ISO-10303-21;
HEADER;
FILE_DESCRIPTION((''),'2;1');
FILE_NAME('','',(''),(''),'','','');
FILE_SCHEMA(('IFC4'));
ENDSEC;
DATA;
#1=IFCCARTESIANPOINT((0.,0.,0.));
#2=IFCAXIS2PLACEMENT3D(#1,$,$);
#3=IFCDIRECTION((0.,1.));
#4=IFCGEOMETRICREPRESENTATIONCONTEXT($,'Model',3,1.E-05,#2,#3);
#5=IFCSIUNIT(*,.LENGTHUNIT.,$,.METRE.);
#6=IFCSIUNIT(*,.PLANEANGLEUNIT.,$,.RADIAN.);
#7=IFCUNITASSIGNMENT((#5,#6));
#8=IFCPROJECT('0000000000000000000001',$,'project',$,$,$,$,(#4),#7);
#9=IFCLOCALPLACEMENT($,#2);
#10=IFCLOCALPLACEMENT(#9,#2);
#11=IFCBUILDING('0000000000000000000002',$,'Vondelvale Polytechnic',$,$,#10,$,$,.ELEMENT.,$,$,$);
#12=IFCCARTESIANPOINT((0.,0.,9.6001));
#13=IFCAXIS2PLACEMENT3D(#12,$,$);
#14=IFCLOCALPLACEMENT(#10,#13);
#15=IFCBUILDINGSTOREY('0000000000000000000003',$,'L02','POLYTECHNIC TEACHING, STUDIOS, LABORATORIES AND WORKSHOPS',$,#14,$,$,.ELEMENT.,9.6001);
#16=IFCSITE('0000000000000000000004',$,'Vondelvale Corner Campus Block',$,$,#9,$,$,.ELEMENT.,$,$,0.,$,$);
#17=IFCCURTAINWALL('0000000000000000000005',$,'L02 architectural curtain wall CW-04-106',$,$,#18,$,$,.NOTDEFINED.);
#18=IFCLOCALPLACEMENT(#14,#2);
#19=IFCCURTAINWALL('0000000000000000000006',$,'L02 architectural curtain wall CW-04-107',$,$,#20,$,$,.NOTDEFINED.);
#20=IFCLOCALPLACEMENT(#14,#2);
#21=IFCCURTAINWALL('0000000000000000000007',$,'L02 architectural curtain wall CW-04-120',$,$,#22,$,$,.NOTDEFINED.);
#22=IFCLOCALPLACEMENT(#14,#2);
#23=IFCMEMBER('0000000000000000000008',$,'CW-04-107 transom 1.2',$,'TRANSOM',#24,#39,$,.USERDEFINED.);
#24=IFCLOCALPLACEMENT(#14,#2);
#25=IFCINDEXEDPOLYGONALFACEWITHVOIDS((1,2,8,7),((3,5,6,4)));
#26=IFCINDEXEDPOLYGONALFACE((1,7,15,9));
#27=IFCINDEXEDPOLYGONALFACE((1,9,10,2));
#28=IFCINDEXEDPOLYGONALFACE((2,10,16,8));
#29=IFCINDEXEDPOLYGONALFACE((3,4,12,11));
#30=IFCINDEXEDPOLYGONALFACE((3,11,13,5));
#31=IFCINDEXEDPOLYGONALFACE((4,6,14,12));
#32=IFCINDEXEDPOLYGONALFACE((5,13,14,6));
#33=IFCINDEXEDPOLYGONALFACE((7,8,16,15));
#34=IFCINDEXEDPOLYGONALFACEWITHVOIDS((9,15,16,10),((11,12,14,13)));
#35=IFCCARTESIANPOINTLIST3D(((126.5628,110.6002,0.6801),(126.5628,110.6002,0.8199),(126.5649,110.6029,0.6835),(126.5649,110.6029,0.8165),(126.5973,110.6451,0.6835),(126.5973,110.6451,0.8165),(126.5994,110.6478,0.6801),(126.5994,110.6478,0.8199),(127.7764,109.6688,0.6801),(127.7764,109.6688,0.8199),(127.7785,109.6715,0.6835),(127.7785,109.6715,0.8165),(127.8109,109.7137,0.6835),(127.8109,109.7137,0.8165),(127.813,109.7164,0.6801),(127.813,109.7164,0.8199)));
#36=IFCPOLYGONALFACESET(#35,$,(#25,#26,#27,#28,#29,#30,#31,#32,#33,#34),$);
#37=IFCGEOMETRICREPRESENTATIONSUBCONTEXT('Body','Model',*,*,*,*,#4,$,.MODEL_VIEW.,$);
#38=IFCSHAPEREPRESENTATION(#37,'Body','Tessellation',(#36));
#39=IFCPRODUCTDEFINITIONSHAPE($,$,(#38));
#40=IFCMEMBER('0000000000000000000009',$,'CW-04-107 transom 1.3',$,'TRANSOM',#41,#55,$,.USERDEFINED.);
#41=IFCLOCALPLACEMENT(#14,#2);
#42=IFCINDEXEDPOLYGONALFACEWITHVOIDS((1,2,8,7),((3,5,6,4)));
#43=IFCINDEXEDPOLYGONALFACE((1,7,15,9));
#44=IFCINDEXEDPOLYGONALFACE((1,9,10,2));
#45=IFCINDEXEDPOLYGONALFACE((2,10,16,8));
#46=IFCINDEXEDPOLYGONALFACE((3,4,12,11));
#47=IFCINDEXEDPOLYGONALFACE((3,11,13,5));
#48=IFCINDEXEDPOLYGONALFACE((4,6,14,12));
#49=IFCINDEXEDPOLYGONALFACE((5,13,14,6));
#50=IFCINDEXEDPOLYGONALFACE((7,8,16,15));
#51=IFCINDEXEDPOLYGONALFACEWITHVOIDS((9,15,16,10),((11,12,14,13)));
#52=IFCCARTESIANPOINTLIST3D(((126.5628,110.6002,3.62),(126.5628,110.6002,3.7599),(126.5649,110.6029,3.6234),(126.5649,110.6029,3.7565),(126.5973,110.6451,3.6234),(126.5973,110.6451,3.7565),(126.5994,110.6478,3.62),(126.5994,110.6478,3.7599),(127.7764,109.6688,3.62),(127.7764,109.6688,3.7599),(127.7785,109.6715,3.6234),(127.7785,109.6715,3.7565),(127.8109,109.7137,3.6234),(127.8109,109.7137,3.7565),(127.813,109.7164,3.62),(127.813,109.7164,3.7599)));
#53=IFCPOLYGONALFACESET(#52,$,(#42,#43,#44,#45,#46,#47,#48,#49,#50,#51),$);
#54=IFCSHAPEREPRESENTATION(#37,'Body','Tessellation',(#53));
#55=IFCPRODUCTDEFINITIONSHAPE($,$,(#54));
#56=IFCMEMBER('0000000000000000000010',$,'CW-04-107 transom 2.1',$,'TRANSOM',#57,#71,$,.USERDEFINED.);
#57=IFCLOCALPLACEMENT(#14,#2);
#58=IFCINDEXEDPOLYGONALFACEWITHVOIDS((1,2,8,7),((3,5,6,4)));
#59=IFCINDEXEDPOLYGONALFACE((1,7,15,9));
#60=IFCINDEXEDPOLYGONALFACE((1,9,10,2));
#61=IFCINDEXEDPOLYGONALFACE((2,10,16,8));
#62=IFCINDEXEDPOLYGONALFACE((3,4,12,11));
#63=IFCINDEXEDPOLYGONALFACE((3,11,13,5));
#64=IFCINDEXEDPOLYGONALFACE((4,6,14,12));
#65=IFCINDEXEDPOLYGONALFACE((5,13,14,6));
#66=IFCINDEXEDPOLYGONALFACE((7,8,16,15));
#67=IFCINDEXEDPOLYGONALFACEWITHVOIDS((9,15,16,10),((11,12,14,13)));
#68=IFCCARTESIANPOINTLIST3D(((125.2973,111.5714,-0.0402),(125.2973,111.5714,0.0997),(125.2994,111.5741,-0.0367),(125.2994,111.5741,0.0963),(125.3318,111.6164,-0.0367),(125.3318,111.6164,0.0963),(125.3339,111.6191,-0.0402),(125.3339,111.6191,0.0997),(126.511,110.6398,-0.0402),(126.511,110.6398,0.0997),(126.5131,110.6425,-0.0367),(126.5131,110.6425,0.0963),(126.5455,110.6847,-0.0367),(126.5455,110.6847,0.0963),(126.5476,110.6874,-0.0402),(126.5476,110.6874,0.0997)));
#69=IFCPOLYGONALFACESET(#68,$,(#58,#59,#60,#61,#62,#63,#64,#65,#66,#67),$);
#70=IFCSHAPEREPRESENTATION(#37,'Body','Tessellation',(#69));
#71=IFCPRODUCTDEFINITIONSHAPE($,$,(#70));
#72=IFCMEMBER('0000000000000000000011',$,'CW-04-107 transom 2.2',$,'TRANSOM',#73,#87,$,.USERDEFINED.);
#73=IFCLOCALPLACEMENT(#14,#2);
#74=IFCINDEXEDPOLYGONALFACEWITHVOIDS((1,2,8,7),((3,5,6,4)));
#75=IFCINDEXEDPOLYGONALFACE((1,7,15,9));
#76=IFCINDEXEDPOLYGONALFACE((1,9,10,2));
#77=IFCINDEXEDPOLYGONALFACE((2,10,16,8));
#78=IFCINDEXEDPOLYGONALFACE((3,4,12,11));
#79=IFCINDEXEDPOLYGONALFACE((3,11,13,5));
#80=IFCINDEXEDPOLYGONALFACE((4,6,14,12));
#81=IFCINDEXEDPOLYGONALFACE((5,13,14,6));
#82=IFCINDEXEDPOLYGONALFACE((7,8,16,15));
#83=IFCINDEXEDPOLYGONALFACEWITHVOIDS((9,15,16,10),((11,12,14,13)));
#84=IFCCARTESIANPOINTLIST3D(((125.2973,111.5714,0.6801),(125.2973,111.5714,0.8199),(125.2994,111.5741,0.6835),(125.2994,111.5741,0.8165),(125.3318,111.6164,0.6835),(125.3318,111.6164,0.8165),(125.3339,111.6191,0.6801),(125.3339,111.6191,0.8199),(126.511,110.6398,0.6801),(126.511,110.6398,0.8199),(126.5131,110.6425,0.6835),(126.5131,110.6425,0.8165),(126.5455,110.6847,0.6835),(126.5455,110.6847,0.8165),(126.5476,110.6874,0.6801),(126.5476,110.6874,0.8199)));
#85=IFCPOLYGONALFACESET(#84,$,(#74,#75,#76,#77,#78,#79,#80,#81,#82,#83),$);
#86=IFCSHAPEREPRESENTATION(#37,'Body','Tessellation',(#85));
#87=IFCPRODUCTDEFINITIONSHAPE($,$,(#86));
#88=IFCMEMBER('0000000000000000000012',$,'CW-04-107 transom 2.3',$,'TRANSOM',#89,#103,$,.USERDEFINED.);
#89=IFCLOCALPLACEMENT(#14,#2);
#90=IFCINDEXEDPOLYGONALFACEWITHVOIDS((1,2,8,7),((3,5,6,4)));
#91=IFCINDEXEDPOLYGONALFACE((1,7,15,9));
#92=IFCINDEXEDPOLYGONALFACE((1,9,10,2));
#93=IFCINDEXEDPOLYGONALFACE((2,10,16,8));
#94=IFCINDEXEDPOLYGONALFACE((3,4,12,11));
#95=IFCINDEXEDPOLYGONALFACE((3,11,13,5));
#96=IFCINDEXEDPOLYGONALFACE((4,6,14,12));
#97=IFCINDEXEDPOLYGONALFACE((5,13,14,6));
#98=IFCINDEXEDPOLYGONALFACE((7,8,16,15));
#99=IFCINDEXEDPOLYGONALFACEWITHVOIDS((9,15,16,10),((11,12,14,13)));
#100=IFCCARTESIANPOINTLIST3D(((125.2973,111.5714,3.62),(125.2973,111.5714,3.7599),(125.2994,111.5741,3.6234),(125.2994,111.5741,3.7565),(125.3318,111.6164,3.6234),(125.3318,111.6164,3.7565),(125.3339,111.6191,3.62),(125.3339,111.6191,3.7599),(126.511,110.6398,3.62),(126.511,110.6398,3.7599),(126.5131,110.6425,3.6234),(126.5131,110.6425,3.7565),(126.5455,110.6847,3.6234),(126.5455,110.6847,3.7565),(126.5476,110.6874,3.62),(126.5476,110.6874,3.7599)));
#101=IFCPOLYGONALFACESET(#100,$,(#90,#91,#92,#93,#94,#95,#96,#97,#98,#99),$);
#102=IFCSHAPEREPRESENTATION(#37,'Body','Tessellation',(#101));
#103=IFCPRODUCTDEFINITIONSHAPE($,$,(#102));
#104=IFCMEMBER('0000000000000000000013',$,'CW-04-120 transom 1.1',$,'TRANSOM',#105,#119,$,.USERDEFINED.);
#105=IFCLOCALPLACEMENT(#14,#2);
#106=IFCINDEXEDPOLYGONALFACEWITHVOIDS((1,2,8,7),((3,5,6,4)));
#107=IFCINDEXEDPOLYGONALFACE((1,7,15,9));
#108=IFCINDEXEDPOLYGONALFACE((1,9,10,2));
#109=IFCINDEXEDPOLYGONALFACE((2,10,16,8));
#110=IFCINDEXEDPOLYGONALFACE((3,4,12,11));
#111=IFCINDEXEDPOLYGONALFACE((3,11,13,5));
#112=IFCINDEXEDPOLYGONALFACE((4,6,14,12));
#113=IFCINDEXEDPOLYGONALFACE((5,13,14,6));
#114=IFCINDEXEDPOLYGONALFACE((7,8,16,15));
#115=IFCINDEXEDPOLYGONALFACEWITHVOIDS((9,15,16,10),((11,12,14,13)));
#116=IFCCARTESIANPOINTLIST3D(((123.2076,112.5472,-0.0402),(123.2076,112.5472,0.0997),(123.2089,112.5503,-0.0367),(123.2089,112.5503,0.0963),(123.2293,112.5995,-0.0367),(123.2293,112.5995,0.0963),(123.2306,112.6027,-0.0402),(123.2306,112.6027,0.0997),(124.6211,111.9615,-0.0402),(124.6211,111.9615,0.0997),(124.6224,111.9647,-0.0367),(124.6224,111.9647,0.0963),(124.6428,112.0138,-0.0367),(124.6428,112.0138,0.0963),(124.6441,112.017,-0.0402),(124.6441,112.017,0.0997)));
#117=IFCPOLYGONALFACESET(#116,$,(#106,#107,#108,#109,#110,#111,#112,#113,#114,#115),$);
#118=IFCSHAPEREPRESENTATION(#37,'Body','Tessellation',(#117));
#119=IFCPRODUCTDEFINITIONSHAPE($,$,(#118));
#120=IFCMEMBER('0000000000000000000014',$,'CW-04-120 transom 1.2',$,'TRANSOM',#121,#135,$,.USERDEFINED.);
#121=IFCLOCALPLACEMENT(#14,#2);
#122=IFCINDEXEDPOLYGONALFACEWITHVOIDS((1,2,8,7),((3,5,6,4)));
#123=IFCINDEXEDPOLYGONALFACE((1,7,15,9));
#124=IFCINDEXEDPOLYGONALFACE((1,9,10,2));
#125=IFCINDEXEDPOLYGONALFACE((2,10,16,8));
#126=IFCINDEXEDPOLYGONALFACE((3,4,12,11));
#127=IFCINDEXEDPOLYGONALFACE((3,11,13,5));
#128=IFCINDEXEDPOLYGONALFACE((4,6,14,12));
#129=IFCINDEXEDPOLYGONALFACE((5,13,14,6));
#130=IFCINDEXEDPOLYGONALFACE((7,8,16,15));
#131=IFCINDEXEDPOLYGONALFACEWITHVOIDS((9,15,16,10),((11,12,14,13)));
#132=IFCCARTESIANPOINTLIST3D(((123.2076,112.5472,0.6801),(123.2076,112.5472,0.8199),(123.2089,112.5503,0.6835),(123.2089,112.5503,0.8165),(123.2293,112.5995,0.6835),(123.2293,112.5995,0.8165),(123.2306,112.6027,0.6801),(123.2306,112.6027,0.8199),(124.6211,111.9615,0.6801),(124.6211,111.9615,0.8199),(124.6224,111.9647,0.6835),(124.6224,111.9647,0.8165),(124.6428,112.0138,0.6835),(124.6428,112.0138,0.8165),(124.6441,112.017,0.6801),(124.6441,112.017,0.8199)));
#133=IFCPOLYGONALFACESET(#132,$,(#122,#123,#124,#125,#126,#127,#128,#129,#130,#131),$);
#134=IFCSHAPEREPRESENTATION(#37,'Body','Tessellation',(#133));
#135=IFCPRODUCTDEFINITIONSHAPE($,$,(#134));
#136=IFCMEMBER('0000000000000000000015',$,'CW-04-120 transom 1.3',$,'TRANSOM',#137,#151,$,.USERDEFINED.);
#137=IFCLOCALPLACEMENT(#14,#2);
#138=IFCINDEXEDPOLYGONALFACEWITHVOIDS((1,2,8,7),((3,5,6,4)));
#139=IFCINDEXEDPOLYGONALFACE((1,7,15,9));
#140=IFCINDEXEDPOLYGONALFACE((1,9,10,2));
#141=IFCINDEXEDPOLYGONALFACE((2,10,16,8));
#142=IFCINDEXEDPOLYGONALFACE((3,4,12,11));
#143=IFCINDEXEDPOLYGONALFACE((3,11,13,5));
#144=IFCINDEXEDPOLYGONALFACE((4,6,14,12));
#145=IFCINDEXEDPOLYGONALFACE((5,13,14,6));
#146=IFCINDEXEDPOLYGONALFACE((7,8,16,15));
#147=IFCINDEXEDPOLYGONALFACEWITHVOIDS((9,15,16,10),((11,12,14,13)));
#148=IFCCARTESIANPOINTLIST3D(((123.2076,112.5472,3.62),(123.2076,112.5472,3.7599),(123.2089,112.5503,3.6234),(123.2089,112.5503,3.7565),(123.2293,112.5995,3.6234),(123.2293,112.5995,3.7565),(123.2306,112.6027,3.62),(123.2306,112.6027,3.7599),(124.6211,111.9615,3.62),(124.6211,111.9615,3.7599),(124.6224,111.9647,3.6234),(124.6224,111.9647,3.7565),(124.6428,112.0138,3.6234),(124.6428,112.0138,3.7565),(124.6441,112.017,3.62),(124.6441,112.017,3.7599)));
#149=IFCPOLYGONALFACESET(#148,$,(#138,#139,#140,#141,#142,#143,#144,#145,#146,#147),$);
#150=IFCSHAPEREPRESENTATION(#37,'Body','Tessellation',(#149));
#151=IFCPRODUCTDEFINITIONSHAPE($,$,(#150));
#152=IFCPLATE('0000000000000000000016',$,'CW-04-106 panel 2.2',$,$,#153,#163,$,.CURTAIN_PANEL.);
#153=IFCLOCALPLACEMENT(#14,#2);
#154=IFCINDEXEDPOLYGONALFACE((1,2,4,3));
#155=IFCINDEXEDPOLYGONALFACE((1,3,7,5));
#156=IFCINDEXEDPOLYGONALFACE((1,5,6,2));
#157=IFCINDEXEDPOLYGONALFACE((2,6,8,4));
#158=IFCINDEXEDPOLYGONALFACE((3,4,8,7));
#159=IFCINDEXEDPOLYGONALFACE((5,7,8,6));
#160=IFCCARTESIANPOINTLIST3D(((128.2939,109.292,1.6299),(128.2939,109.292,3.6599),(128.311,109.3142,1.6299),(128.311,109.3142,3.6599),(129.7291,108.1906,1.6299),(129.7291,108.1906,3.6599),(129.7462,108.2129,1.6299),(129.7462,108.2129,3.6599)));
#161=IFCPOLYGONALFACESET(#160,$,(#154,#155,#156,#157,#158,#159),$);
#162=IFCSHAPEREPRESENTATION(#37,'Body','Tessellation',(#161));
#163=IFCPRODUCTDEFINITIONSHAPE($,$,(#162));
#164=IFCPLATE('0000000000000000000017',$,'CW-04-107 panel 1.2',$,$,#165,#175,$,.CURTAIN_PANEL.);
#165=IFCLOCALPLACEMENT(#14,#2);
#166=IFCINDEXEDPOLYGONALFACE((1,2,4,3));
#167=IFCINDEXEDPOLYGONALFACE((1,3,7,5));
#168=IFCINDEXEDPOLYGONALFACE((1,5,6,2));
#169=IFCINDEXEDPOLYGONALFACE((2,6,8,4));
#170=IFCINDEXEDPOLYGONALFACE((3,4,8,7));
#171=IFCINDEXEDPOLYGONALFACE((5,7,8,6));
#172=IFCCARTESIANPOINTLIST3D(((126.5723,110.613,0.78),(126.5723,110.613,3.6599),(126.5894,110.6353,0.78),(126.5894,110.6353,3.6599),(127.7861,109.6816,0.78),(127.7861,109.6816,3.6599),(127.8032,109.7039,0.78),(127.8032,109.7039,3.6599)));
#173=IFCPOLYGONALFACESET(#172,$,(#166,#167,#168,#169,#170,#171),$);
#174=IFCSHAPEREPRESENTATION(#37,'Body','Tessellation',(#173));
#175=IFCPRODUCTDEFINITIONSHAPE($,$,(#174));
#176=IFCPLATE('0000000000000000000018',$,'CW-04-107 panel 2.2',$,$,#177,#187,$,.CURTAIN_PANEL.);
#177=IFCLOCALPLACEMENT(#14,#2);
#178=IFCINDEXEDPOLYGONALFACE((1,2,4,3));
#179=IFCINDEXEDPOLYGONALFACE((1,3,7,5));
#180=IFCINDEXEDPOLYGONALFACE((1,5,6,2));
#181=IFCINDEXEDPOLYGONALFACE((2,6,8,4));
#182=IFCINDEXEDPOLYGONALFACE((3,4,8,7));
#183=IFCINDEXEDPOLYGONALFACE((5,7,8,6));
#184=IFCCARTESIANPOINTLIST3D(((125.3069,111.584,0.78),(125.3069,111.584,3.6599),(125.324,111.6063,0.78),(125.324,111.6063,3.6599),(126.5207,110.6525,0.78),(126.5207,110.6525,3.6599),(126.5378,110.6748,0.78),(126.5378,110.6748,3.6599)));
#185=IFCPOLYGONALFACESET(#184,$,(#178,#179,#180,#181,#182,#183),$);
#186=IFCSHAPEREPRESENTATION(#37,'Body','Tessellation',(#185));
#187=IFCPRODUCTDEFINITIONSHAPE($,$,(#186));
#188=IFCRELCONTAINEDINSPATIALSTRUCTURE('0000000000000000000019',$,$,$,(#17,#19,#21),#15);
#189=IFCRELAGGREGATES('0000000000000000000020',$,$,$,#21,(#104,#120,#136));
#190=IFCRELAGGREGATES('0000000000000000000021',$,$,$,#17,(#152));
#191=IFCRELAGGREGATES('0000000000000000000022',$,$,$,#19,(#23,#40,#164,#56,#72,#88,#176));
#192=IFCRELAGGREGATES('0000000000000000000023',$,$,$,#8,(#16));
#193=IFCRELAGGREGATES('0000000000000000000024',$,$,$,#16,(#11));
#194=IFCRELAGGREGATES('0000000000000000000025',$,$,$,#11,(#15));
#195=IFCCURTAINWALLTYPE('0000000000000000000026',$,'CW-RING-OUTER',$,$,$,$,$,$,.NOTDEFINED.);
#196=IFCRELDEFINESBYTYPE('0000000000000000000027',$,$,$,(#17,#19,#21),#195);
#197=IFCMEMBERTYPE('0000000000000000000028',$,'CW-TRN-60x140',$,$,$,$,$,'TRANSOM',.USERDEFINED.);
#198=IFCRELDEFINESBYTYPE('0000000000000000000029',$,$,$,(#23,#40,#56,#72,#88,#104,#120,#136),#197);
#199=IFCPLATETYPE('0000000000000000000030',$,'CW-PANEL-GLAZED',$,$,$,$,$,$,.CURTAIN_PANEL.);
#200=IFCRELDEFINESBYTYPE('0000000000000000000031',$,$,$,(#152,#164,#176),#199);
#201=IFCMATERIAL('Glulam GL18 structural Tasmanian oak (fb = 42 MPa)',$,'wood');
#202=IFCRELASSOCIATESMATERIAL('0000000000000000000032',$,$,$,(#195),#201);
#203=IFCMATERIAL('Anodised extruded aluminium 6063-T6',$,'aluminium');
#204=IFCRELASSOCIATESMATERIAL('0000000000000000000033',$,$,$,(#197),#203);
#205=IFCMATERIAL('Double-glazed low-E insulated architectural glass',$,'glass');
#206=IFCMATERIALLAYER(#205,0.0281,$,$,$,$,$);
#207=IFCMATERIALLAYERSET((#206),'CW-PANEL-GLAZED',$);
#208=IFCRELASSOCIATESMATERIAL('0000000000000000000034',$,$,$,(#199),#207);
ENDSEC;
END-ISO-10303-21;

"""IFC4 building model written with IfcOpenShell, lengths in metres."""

from ifc_helpers import new_model, si_unit, direction, frame, origin, origin_2d, place, context, subcontext, project, spatial, rectangle, hollow_rectangle, extrude, material, layer, layer_set, material_profile, profile_set, type_object, element, aggregate, save


model = new_model("IFC4")

# Units and contexts
model_context = context("Model", 3, precision=1e-05, world=origin(), true_north=direction((0.0, 1.0)))
body_context = subcontext(model_context, "Body", "Model", "MODEL_VIEW")
ifc_project = project(units=[si_unit("LENGTHUNIT", "METRE"), si_unit("PLANEANGLEUNIT", "RADIAN")], contexts=[model_context])

# Site, building, storey
site_placement = place(None, origin())
site = spatial("IfcSite", under=ifc_project, at=site_placement, Name="Vondelvale Corner Campus Block", CompositionType="ELEMENT", RefElevation=0.0)
building_placement = place(site_placement, origin())
building = spatial("IfcBuilding", under=site, at=building_placement, Name="Vondelvale Polytechnic", CompositionType="ELEMENT")
storey_placement = place(building_placement, frame((0.0, 0.0, 9.6001)))
storey = spatial("IfcBuildingStorey", under=building, at=storey_placement, Name="L02", Description="POLYTECHNIC TEACHING, STUDIOS, LABORATORIES AND WORKSHOPS", CompositionType="ELEMENT", Elevation=9.6001)

# Shared definitions
ifc_material_1 = material(Name="Glulam GL18 structural Tasmanian oak (fb = 42 MPa)", Category="wood")

# Curtain wall
curtain_wall_type = type_object("IfcCurtainWallType", Name="CW-RING-OUTER", PredefinedType="NOTDEFINED", material=ifc_material_1)
curtain_wall_1_placement = place(storey_placement, origin())
curtain_wall_1 = element("IfcCurtainWall", 1, at=curtain_wall_1_placement, inside=storey, type_object=curtain_wall_type, Name="L02 architectural curtain wall CW-04-106", PredefinedType="NOTDEFINED")
ifc_material_2 = material(Name="Anodised extruded aluminium 6063-T6", Category="aluminium")

# Curtain wall
curtain_wall_2_placement = place(storey_placement, origin())
curtain_wall_2 = element("IfcCurtainWall", 2, at=curtain_wall_2_placement, inside=storey, type_object=curtain_wall_type, Name="L02 architectural curtain wall CW-04-107", PredefinedType="NOTDEFINED")

# Curtain wall
curtain_wall_3_placement = place(storey_placement, origin())
curtain_wall_3 = element("IfcCurtainWall", 3, at=curtain_wall_3_placement, inside=storey, type_object=curtain_wall_type, Name="L02 architectural curtain wall CW-04-120", PredefinedType="NOTDEFINED")

# Members
ifc_material_profile_1 = material_profile(ifc_material_2, hollow_rectangle(XDim=0.0601, YDim=0.1399, WallThickness=0.0034, at=origin_2d()), Name="CW-TRN-140x60")
ifc_profile_set_1 = profile_set([ifc_material_profile_1], Name="Anodised extruded aluminium 6063-T6")
member_type_1 = type_object("IfcMemberType", Name="CW-TRN-60x140", ElementType="TRANSOM", PredefinedType="USERDEFINED", material=ifc_profile_set_1)
member_1_placement = place(storey_placement, frame((127.7947, 109.6926, 0.75), z_axis=(-0.793306, 0.608823, 0.0), x_axis=(-0.608823, -0.793306, 0.0)))
member_1 = element("IfcMember", 4, at=member_1_placement, type_object=member_type_1, Name="CW-04-107 transom 1.2", ObjectType="TRANSOM", PredefinedType="USERDEFINED", context=body_context, shape_type="SweptSolid", body=[
    extrude(hollow_rectangle(XDim=0.0601, YDim=0.1399, WallThickness=0.0034, at=origin_2d()), origin(), (0.0, 0.0, 1.0), 1.5298),
])
member_2_placement = place(storey_placement, frame((127.7947, 109.6926, 3.6899), z_axis=(-0.793306, 0.608823, 0.0), x_axis=(-0.608823, -0.793306, 0.0)))
member_2 = element("IfcMember", 5, at=member_2_placement, type_object=member_type_1, Name="CW-04-107 transom 1.3", ObjectType="TRANSOM", PredefinedType="USERDEFINED", context=body_context, shape_type="SweptSolid", body=[
    extrude(hollow_rectangle(XDim=0.0601, YDim=0.1399, WallThickness=0.0034, at=origin_2d()), origin(), (0.0, 0.0, 1.0), 1.5298),
])
member_3_placement = place(storey_placement, frame((126.5293, 110.6636, 0.0298), z_axis=(-0.793229, 0.608924, 0.0), x_axis=(-0.608924, -0.793229, 0.0)))
member_3 = element("IfcMember", 6, at=member_3_placement, type_object=member_type_1, Name="CW-04-107 transom 2.1", ObjectType="TRANSOM", PredefinedType="USERDEFINED", context=body_context, shape_type="SweptSolid", body=[
    extrude(hollow_rectangle(XDim=0.0601, YDim=0.1399, WallThickness=0.0034, at=origin_2d()), origin(), (0.0, 0.0, 1.0), 1.53),
])
member_4_placement = place(storey_placement, frame((126.5293, 110.6636, 0.75), z_axis=(-0.793229, 0.608924, 0.0), x_axis=(-0.608924, -0.793229, 0.0)))
member_4 = element("IfcMember", 7, at=member_4_placement, type_object=member_type_1, Name="CW-04-107 transom 2.2", ObjectType="TRANSOM", PredefinedType="USERDEFINED", context=body_context, shape_type="SweptSolid", body=[
    extrude(hollow_rectangle(XDim=0.0601, YDim=0.1399, WallThickness=0.0034, at=origin_2d()), origin(), (0.0, 0.0, 1.0), 1.53),
])
member_5_placement = place(storey_placement, frame((126.5293, 110.6636, 3.6899), z_axis=(-0.793229, 0.608924, 0.0), x_axis=(-0.608924, -0.793229, 0.0)))
member_5 = element("IfcMember", 8, at=member_5_placement, type_object=member_type_1, Name="CW-04-107 transom 2.3", ObjectType="TRANSOM", PredefinedType="USERDEFINED", context=body_context, shape_type="SweptSolid", body=[
    extrude(hollow_rectangle(XDim=0.0601, YDim=0.1399, WallThickness=0.0034, at=origin_2d()), origin(), (0.0, 0.0, 1.0), 1.53),
])
member_6_placement = place(storey_placement, frame((124.6326, 111.9893, 0.0298), z_axis=(-0.92384, 0.382779, 0.0), x_axis=(-0.382779, -0.92384, 0.0)))
member_6 = element("IfcMember", 9, at=member_6_placement, type_object=member_type_1, Name="CW-04-120 transom 1.1", ObjectType="TRANSOM", PredefinedType="USERDEFINED", context=body_context, shape_type="SweptSolid", body=[
    extrude(hollow_rectangle(XDim=0.0601, YDim=0.1399, WallThickness=0.0034, at=origin_2d()), origin(), (0.0, 0.0, 1.0), 1.53),
])
member_7_placement = place(storey_placement, frame((124.6326, 111.9893, 0.75), z_axis=(-0.92384, 0.382779, 0.0), x_axis=(-0.382779, -0.92384, 0.0)))
member_7 = element("IfcMember", 10, at=member_7_placement, type_object=member_type_1, Name="CW-04-120 transom 1.2", ObjectType="TRANSOM", PredefinedType="USERDEFINED", context=body_context, shape_type="SweptSolid", body=[
    extrude(hollow_rectangle(XDim=0.0601, YDim=0.1399, WallThickness=0.0034, at=origin_2d()), origin(), (0.0, 0.0, 1.0), 1.53),
])
member_8_placement = place(storey_placement, frame((124.6326, 111.9893, 3.6899), z_axis=(-0.92384, 0.382779, 0.0), x_axis=(-0.382779, -0.92384, 0.0)))
member_8 = element("IfcMember", 11, at=member_8_placement, type_object=member_type_1, Name="CW-04-120 transom 1.3", ObjectType="TRANSOM", PredefinedType="USERDEFINED", context=body_context, shape_type="SweptSolid", body=[
    extrude(hollow_rectangle(XDim=0.0601, YDim=0.1399, WallThickness=0.0034, at=origin_2d()), origin(), (0.0, 0.0, 1.0), 1.53),
])
aggregate(curtain_wall_3, [member_6, member_7, member_8])

# Plates
ifc_material_3 = material(Name="Double-glazed low-E insulated architectural glass", Category="glass")
ifc_layer_1 = layer(ifc_material_3, 0.0281)
ifc_layer_set_1 = layer_set([ifc_layer_1], Name="CW-PANEL-GLAZED")
plate_type_1 = type_object("IfcPlateType", Name="CW-PANEL-GLAZED", PredefinedType="CURTAIN_PANEL", material=ifc_layer_set_1)
plate_1_placement = place(storey_placement, frame((129.02, 108.7524, 1.6299), z_axis=(0.0, 0.0, 1.0), x_axis=(-0.793346, 0.608771, 0.0)))
plate_1 = element("IfcPlate", 12, at=plate_1_placement, type_object=plate_type_1, Name="CW-04-106 panel 2.2", PredefinedType="CURTAIN_PANEL", context=body_context, shape_type="SweptSolid", body=[
    extrude(rectangle(XDim=1.8091, YDim=0.0281, at=origin_2d()), origin(), (0.0, 0.0, 1.0), 2.03),
])
plate_2_placement = place(storey_placement, frame((127.1877, 110.1584, 0.78), z_axis=(0.0, 0.0, 1.0), x_axis=(-0.793334, 0.608787, 0.0)))
plate_2 = element("IfcPlate", 13, at=plate_2_placement, type_object=plate_type_1, Name="CW-04-107 panel 1.2", PredefinedType="CURTAIN_PANEL", context=body_context, shape_type="SweptSolid", body=[
    extrude(rectangle(XDim=1.53, YDim=0.0281, at=origin_2d()), origin(), (0.0, 0.0, 1.0), 2.8799),
])
plate_3_placement = place(storey_placement, frame((125.9224, 111.1294, 0.78), z_axis=(0.0, 0.0, 1.0), x_axis=(-0.793334, 0.608787, 0.0)))
plate_3 = element("IfcPlate", 14, at=plate_3_placement, type_object=plate_type_1, Name="CW-04-107 panel 2.2", PredefinedType="CURTAIN_PANEL", context=body_context, shape_type="SweptSolid", body=[
    extrude(rectangle(XDim=1.53, YDim=0.0281, at=origin_2d()), origin(), (0.0, 0.0, 1.0), 2.8799),
])
aggregate(curtain_wall_1, [plate_1])
aggregate(curtain_wall_2, [member_1, member_2, plate_2, member_3, member_4, member_5, plate_3])

save(model, "model.ifc")
